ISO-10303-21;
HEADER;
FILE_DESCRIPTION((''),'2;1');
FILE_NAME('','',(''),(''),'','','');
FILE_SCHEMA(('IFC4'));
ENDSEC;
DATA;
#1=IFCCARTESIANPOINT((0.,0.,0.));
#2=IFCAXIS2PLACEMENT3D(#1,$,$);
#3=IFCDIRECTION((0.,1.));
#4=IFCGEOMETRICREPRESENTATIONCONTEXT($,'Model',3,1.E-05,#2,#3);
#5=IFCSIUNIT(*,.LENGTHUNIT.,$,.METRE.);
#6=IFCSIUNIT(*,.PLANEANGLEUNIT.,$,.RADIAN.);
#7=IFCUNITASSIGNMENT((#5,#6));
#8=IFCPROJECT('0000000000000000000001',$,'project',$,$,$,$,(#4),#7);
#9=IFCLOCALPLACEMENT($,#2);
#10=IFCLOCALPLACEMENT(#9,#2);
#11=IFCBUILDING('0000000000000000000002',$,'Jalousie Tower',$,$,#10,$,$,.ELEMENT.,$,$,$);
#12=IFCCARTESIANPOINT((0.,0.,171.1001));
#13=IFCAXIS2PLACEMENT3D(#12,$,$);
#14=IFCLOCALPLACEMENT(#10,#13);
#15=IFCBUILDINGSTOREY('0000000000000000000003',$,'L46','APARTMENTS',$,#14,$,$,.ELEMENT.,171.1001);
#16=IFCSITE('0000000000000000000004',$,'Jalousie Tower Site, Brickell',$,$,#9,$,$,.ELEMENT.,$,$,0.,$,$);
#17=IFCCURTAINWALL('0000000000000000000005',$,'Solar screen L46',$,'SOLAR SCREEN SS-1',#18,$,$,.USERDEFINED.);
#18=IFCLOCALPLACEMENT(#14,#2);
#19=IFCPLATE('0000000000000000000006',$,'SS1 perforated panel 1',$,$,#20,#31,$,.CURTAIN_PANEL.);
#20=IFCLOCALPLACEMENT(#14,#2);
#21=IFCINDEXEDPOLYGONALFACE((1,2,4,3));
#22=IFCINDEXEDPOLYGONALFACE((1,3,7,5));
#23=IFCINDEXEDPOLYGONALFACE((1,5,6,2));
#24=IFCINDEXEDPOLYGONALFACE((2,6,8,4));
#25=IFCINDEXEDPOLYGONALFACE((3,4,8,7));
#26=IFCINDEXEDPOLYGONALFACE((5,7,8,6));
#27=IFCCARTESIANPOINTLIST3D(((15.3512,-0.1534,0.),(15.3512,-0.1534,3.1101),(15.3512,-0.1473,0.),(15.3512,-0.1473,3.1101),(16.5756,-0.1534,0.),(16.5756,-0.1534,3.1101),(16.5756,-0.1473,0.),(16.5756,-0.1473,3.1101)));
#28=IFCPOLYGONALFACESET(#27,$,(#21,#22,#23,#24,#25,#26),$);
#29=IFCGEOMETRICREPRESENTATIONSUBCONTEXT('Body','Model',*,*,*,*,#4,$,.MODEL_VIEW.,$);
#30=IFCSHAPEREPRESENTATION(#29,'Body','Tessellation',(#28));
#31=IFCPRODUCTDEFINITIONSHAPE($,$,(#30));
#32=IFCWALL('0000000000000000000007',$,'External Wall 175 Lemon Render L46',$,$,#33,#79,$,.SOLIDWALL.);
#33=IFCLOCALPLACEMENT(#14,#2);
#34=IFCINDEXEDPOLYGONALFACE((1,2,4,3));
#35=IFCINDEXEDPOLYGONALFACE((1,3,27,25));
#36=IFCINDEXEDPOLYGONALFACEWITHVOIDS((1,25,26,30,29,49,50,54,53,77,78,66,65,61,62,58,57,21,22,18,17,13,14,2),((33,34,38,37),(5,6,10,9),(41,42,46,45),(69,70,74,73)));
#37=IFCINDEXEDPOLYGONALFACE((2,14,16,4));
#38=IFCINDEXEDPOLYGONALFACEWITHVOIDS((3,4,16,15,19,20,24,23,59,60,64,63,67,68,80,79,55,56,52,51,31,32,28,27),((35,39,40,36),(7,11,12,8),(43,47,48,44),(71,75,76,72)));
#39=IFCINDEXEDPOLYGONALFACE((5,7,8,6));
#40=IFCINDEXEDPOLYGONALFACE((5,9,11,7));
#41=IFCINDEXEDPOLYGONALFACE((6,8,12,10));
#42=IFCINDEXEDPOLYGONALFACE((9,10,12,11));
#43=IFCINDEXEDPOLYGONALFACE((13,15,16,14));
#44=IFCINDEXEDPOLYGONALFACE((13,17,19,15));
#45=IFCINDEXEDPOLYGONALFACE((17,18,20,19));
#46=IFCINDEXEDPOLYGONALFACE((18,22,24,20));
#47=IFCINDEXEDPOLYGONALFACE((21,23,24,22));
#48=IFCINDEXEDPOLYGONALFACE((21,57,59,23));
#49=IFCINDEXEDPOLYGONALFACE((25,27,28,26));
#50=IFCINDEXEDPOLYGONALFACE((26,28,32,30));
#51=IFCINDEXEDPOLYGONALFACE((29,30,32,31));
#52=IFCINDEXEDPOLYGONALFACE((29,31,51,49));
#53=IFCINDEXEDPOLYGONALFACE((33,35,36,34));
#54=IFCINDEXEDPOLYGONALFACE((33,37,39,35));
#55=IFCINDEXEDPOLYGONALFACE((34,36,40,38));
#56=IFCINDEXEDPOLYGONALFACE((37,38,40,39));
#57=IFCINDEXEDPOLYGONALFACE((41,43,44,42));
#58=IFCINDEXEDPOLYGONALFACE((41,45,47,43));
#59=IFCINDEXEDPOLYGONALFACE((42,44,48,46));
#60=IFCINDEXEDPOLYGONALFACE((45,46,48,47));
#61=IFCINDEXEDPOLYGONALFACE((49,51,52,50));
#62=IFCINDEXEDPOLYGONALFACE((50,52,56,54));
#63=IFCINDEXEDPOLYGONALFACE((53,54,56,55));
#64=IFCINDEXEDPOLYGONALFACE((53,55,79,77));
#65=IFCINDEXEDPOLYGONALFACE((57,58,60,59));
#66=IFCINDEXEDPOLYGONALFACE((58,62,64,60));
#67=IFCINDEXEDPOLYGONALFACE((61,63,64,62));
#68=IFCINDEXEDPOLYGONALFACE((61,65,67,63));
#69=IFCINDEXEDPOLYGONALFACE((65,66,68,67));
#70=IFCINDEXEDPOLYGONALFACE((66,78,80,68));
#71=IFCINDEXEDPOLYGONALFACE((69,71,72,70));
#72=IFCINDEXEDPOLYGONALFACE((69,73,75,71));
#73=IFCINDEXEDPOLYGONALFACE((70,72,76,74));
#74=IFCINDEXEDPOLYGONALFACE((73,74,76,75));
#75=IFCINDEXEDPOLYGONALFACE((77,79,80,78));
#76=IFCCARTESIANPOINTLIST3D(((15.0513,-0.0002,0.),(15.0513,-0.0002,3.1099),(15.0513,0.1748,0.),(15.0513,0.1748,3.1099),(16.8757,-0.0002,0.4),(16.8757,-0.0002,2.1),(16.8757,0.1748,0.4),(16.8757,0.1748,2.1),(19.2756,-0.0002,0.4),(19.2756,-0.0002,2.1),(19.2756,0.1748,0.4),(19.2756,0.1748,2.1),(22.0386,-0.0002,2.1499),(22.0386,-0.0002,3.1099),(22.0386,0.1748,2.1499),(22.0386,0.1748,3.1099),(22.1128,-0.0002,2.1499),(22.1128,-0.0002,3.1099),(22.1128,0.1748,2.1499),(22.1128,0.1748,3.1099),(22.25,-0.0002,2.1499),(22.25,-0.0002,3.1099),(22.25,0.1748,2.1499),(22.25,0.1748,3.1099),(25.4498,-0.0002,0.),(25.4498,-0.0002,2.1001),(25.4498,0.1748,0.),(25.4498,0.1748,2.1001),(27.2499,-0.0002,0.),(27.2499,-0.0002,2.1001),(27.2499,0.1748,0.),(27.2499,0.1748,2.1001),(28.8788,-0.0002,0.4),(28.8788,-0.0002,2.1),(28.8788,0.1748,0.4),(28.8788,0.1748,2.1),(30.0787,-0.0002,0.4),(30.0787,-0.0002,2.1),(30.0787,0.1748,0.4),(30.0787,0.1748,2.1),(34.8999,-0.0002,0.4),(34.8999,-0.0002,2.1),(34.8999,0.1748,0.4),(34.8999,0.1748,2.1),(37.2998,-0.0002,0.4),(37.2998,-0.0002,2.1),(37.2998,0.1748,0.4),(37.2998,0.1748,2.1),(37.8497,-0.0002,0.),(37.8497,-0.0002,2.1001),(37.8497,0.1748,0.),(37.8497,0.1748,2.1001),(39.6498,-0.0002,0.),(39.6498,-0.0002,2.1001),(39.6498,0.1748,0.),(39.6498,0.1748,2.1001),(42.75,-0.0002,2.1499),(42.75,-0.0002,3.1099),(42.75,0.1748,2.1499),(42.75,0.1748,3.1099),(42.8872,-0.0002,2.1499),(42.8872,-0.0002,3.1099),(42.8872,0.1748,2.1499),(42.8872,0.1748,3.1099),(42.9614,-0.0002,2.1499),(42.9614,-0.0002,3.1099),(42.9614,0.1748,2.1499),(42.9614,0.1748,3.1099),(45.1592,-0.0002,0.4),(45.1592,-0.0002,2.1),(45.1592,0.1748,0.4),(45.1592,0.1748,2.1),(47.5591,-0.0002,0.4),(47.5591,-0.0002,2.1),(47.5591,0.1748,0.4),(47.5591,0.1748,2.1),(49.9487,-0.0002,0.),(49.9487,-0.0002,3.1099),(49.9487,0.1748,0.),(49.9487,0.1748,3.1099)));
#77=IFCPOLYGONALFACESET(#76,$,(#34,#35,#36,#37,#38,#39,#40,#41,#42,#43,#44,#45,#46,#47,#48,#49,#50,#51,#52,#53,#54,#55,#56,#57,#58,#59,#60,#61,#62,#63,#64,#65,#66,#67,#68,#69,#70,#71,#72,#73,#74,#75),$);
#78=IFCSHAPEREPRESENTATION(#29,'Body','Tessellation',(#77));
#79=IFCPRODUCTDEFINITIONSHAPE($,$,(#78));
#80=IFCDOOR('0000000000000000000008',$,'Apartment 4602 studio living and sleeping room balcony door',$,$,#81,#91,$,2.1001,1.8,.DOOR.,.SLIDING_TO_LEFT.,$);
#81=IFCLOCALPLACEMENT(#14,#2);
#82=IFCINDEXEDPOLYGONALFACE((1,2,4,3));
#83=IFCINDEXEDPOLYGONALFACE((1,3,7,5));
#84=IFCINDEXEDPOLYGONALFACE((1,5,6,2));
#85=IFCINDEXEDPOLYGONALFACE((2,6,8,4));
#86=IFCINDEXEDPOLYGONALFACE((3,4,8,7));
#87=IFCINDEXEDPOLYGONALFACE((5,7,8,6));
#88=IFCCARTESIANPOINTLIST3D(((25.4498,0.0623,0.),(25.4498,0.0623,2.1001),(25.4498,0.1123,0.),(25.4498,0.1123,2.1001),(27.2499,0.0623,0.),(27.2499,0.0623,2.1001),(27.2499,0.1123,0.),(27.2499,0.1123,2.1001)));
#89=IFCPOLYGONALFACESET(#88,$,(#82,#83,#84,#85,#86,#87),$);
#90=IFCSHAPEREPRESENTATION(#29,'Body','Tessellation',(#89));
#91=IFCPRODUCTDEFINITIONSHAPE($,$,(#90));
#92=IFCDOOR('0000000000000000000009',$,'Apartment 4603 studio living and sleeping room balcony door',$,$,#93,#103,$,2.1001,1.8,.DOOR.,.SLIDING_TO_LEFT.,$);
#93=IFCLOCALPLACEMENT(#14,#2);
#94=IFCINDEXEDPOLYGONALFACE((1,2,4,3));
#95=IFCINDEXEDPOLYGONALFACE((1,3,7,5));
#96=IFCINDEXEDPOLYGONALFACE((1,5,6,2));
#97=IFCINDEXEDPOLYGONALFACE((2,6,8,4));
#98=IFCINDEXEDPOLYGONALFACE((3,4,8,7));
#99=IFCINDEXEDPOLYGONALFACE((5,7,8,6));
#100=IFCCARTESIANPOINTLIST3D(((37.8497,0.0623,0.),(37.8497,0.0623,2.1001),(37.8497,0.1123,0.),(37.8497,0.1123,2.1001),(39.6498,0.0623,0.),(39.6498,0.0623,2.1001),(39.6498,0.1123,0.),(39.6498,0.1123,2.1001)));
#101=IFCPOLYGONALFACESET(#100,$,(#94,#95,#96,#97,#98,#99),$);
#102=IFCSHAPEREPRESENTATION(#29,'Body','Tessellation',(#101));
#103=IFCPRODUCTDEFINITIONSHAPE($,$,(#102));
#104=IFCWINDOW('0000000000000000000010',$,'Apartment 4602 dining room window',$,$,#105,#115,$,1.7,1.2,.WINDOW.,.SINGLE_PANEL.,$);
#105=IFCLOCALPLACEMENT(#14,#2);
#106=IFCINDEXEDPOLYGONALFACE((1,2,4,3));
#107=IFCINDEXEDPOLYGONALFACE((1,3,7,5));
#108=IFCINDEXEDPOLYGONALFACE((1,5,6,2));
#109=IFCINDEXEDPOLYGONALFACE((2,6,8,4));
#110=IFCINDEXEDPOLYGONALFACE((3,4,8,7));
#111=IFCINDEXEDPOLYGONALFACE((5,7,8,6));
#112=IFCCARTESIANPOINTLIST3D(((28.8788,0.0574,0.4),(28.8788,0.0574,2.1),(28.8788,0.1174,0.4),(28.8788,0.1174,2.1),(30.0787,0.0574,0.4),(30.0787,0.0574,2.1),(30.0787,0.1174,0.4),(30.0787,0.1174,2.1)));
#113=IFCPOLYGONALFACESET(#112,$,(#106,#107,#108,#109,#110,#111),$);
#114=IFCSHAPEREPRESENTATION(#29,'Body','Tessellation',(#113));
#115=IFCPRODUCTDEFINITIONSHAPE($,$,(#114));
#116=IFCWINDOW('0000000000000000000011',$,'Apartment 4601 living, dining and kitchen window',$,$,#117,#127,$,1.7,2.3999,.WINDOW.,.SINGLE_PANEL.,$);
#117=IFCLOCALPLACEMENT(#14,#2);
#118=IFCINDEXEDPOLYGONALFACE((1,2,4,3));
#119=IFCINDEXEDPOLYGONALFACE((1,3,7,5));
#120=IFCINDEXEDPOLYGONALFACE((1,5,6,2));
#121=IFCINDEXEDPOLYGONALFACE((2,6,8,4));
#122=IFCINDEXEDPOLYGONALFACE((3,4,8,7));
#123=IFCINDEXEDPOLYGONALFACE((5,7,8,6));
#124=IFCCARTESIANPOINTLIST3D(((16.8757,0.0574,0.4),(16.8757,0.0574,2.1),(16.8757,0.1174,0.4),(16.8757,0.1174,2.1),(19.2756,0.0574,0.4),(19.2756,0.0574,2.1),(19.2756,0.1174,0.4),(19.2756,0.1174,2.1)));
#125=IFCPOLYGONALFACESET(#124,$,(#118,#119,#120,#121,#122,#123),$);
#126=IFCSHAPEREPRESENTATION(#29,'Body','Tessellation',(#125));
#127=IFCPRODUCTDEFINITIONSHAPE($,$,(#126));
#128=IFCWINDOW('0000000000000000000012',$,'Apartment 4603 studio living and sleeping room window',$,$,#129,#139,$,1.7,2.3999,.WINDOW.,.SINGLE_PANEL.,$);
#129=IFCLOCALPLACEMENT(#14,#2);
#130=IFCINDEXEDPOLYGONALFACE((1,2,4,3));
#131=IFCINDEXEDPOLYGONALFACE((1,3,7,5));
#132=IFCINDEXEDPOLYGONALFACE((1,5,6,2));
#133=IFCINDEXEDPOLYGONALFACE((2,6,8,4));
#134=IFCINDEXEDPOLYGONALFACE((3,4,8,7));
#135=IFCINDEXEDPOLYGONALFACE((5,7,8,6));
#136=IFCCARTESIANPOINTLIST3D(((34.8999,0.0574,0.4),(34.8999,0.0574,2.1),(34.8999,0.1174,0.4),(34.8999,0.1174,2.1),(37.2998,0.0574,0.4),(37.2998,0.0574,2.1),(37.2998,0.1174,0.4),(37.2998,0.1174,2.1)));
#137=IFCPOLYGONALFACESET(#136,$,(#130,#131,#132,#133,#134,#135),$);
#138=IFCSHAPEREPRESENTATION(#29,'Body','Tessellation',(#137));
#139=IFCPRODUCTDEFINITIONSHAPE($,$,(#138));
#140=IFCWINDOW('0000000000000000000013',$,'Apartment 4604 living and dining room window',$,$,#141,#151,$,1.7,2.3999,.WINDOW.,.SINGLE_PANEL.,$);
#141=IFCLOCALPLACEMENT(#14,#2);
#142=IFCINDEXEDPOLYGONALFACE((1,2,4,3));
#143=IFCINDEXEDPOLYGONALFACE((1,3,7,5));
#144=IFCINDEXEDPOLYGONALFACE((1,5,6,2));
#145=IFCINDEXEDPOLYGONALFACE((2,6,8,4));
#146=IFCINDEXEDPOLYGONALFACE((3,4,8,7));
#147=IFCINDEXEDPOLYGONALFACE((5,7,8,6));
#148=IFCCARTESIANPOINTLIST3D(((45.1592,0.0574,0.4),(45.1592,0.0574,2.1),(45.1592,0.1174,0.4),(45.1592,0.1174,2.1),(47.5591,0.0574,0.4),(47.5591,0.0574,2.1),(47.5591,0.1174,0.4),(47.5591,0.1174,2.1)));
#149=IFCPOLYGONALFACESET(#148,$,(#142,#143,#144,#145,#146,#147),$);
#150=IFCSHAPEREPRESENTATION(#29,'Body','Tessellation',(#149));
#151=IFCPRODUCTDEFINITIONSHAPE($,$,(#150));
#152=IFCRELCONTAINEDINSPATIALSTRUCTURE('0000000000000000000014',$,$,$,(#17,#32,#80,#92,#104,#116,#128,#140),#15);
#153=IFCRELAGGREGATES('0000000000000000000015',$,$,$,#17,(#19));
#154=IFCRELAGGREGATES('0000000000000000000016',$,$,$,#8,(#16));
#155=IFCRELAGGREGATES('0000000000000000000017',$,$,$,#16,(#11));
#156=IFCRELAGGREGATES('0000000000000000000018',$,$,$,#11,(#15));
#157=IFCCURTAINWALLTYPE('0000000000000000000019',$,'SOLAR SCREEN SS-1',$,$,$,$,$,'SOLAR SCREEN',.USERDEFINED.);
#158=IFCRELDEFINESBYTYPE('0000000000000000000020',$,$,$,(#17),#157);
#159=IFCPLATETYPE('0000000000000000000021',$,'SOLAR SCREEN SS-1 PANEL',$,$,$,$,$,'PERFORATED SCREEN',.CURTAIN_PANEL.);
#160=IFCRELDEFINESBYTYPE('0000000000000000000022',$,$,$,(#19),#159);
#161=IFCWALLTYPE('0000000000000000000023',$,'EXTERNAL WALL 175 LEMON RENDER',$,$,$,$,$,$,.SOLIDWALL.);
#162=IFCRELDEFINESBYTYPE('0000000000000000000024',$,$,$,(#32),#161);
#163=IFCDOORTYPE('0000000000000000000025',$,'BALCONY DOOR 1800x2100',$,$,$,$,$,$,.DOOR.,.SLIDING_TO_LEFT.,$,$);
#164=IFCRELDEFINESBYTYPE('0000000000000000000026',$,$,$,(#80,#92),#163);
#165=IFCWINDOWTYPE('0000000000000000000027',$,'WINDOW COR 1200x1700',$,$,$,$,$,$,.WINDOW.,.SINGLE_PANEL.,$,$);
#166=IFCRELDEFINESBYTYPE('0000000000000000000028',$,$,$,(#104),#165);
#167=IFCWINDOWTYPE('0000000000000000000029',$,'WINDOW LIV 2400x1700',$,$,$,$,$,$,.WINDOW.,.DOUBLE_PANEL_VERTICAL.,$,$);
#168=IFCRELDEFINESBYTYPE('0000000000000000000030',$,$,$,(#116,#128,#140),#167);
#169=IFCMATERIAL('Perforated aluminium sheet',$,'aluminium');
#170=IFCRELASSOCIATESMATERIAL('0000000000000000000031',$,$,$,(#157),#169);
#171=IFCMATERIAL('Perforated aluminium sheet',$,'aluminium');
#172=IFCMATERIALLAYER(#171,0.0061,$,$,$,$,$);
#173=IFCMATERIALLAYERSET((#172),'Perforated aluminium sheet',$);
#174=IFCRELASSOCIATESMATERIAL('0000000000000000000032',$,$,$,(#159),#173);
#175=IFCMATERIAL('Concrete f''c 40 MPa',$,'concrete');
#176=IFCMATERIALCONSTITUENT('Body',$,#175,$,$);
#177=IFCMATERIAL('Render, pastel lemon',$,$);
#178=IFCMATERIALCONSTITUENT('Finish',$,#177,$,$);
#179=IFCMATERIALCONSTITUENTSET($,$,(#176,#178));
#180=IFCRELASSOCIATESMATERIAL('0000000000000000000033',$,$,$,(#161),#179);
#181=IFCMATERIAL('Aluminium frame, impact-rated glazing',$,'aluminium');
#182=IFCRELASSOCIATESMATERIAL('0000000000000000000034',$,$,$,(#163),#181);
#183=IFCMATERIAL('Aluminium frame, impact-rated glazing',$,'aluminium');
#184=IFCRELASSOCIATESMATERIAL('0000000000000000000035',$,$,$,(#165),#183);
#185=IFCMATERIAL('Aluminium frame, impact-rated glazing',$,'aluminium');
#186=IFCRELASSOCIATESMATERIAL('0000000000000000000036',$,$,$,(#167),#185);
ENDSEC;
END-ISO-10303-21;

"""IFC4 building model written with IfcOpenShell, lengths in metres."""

from ifc_helpers import new_model, si_unit, direction, frame, frame_2d, origin, origin_2d, place, context, subcontext, project, spatial, polyline, rectangle, outline, extrude, material, layer, layer_set, constituent, constituent_set, type_object, element, fill, aggregate, save


model = new_model("IFC4")

# Units and contexts
model_context = context("Model", 3, precision=1e-05, world=origin(), true_north=direction((0.0, 1.0)))
body_context = subcontext(model_context, "Body", "Model", "MODEL_VIEW")
ifc_project = project(units=[si_unit("LENGTHUNIT", "METRE"), si_unit("PLANEANGLEUNIT", "RADIAN")], contexts=[model_context])

# Site, building, storey
site_placement = place(None, origin())
site = spatial("IfcSite", under=ifc_project, at=site_placement, Name="Jalousie Tower Site, Brickell", CompositionType="ELEMENT", RefElevation=0.0)
building_placement = place(site_placement, origin())
building = spatial("IfcBuilding", under=site, at=building_placement, Name="Jalousie Tower", CompositionType="ELEMENT")
storey_placement = place(building_placement, frame((0.0, 0.0, 171.1001)))
storey = spatial("IfcBuildingStorey", under=building, at=storey_placement, Name="L46", Description="APARTMENTS", CompositionType="ELEMENT", Elevation=171.1001)

# Curtain wall
ifc_material_1 = material(Name="Perforated aluminium sheet", Category="aluminium")
curtain_wall_type_1 = type_object("IfcCurtainWallType", Name="SOLAR SCREEN SS-1", ElementType="SOLAR SCREEN", PredefinedType="USERDEFINED", material=ifc_material_1)
curtain_wall_1_placement = place(storey_placement, origin())
curtain_wall_1 = element("IfcCurtainWall", 1, at=curtain_wall_1_placement, inside=storey, type_object=curtain_wall_type_1, Name="Solar screen L46", ObjectType="SOLAR SCREEN SS-1", PredefinedType="USERDEFINED")

# Plate
ifc_material_2 = material(Name="Perforated aluminium sheet", Category="aluminium")
ifc_layer_1 = layer(ifc_material_2, 0.0061)
ifc_layer_set_1 = layer_set([ifc_layer_1], Name="Perforated aluminium sheet")
plate_type_1 = type_object("IfcPlateType", Name="SOLAR SCREEN SS-1 PANEL", ElementType="PERFORATED SCREEN", PredefinedType="CURTAIN_PANEL", material=ifc_layer_set_1)
plate_1_placement = place(storey_placement, frame((15.9634, -0.1504, 0.0), z_axis=(0.0, 0.0, 1.0), x_axis=(1.0, 0.0, 0.0)))
plate_1 = element("IfcPlate", 2, at=plate_1_placement, type_object=plate_type_1, Name="SS1 perforated panel 1", PredefinedType="CURTAIN_PANEL", context=body_context, shape_type="SweptSolid", body=[
    extrude(rectangle(XDim=1.2244, YDim=0.0061, at=origin_2d()), origin(), (0.0, 0.0, 1.0), 3.1101),
])
aggregate(curtain_wall_1, [plate_1])

# Wall, openings, doors, windows
ifc_material_3 = material(Name="Concrete f'c 40 MPa", Category="concrete")
ifc_constituent_1 = constituent(ifc_material_3, Name="Body")
ifc_material_4 = material(Name="Render, pastel lemon")
ifc_constituent_2 = constituent(ifc_material_4, Name="Finish")
ifc_constituent_set = constituent_set(constituents=[ifc_constituent_1, ifc_constituent_2])
wall_type = type_object("IfcWallType", Name="EXTERNAL WALL 175 LEMON RENDER", PredefinedType="SOLIDWALL", material=ifc_constituent_set)
wall_placement = place(storey_placement, frame((15.0513, 0.0874, 0.0), z_axis=(0.0, 0.0, 1.0), x_axis=(1.0, 0.0, 0.0)))
wall = element("IfcWall", 3, at=wall_placement, inside=storey, type_object=wall_type, Name="External Wall 175 Lemon Render L46", PredefinedType="SOLIDWALL", context=body_context, shape_type="SweptSolid", body=[
    extrude(outline(polyline([(0.0, 0.0), (34.8975, 0.0), (34.8975, 3.1099), (27.9102, 3.1099), (27.9102, 2.1499), (27.8359, 2.1499), (27.8359, 3.1099), (27.6987, 3.1099), (27.6987, 2.1499), (7.1987, 2.1499), (7.1987, 3.1099), (7.0615, 3.1099), (7.0615, 2.1499), (6.9873, 2.1499), (6.9873, 3.1099), (0.0, 3.1099), (0.0, 0.0)])), frame((0.0, 0.0874, 0.0), z_axis=(0.0, -1.0, 0.0), x_axis=(1.0, 0.0, 0.0)), (0.0, 0.0, 1.0), 0.175),
])
opening_1_placement = place(wall_placement, frame((1.8245, 0.0, 0.3999)))
opening_1 = element("IfcOpeningElement", 4, at=opening_1_placement, cuts=wall, PredefinedType="OPENING", context=body_context, shape_type="SweptSolid", body=[
    extrude(rectangle(XDim=2.3999, YDim=1.7, at=frame_2d((1.2, 0.8501))), frame((0.0, 0.0974, 0.0), z_axis=(0.0, -1.0, 0.0), x_axis=(1.0, 0.0, 0.0)), (0.0, 0.0, 1.0), 0.1951),
])
opening_2_placement = place(wall_placement, frame((10.3987, 0.0, 0.0)))
opening_2 = element("IfcOpeningElement", 5, at=opening_2_placement, cuts=wall, PredefinedType="OPENING", context=body_context, shape_type="SweptSolid", body=[
    extrude(rectangle(XDim=1.8, YDim=2.1001, at=frame_2d((0.8999, 1.05))), frame((0.0, 0.0974, 0.0), z_axis=(0.0, -1.0, 0.0), x_axis=(1.0, 0.0, 0.0)), (0.0, 0.0, 1.0), 0.1951),
])
opening_3_placement = place(wall_placement, frame((13.8274, 0.0, 0.3999)))
opening_3 = element("IfcOpeningElement", 6, at=opening_3_placement, cuts=wall, PredefinedType="OPENING", context=body_context, shape_type="SweptSolid", body=[
    extrude(rectangle(XDim=1.2, YDim=1.7, at=frame_2d((0.6001, 0.8501))), frame((0.0, 0.0974, 0.0), z_axis=(0.0, -1.0, 0.0), x_axis=(1.0, 0.0, 0.0)), (0.0, 0.0, 1.0), 0.1951),
])
opening_4_placement = place(wall_placement, frame((22.7986, 0.0, 0.0)))
opening_4 = element("IfcOpeningElement", 7, at=opening_4_placement, cuts=wall, PredefinedType="OPENING", context=body_context, shape_type="SweptSolid", body=[
    extrude(rectangle(XDim=1.8, YDim=2.1001, at=frame_2d((0.8999, 1.05))), frame((0.0, 0.0974, 0.0), z_axis=(0.0, -1.0, 0.0), x_axis=(1.0, 0.0, 0.0)), (0.0, 0.0, 1.0), 0.1951),
])
opening_5_placement = place(wall_placement, frame((19.8486, 0.0, 0.3999)))
opening_5 = element("IfcOpeningElement", 8, at=opening_5_placement, cuts=wall, PredefinedType="OPENING", context=body_context, shape_type="SweptSolid", body=[
    extrude(rectangle(XDim=2.3999, YDim=1.7, at=frame_2d((1.2, 0.8501))), frame((0.0, 0.0974, 0.0), z_axis=(0.0, -1.0, 0.0), x_axis=(1.0, 0.0, 0.0)), (0.0, 0.0, 1.0), 0.1951),
])
opening_6_placement = place(wall_placement, frame((30.1079, 0.0, 0.3999)))
opening_6 = element("IfcOpeningElement", 9, at=opening_6_placement, cuts=wall, PredefinedType="OPENING", context=body_context, shape_type="SweptSolid", body=[
    extrude(rectangle(XDim=2.3999, YDim=1.7, at=frame_2d((1.2, 0.8501))), frame((0.0, 0.0974, 0.0), z_axis=(0.0, -1.0, 0.0), x_axis=(1.0, 0.0, 0.0)), (0.0, 0.0, 1.0), 0.1951),
])
ifc_material_5 = material(Name="Aluminium frame, impact-rated glazing", Category="aluminium")
door_type = type_object("IfcDoorType", Name="BALCONY DOOR 1800x2100", OperationType="SLIDING_TO_LEFT", PredefinedType="DOOR", material=ifc_material_5)
door_1_placement = place(opening_2_placement, origin())
door_1 = element("IfcDoor", 10, at=door_1_placement, inside=storey, type_object=door_type, Name="Apartment 4602 studio living and sleeping room balcony door", OperationType="SLIDING_TO_LEFT", OverallHeight=2.1001, OverallWidth=1.8, PredefinedType="DOOR", context=body_context, shape_type="SweptSolid", body=[
    extrude(rectangle(XDim=1.8, YDim=2.1001, at=frame_2d((0.8999, 1.05))), frame((0.0, 0.0249, 0.0), z_axis=(0.0, -1.0, 0.0), x_axis=(1.0, 0.0, 0.0)), (0.0, 0.0, 1.0), 0.05),
])
fill(opening_2, door_1)
door_2_placement = place(opening_4_placement, origin())
door_2 = element("IfcDoor", 11, at=door_2_placement, inside=storey, type_object=door_type, Name="Apartment 4603 studio living and sleeping room balcony door", OperationType="SLIDING_TO_LEFT", OverallHeight=2.1001, OverallWidth=1.8, PredefinedType="DOOR", context=body_context, shape_type="SweptSolid", body=[
    extrude(rectangle(XDim=1.8, YDim=2.1001, at=frame_2d((0.8999, 1.05))), frame((0.0, 0.0249, 0.0), z_axis=(0.0, -1.0, 0.0), x_axis=(1.0, 0.0, 0.0)), (0.0, 0.0, 1.0), 0.05),
])
fill(opening_4, door_2)
ifc_material_6 = material(Name="Aluminium frame, impact-rated glazing", Category="aluminium")
window_type_1 = type_object("IfcWindowType", Name="WINDOW COR 1200x1700", PartitioningType="SINGLE_PANEL", PredefinedType="WINDOW", material=ifc_material_6)
window_1_placement = place(opening_3_placement, origin())
window_1 = element("IfcWindow", 12, at=window_1_placement, inside=storey, type_object=window_type_1, Name="Apartment 4602 dining room window", OverallHeight=1.7, OverallWidth=1.2, PartitioningType="SINGLE_PANEL", PredefinedType="WINDOW", context=body_context, shape_type="SweptSolid", body=[
    extrude(rectangle(XDim=1.2, YDim=1.7, at=frame_2d((0.6001, 0.8501))), frame((0.0, 0.03, 0.0), z_axis=(0.0, -1.0, 0.0), x_axis=(1.0, 0.0, 0.0)), (0.0, 0.0, 1.0), 0.0601),
])
fill(opening_3, window_1)
ifc_material_7 = material(Name="Aluminium frame, impact-rated glazing", Category="aluminium")
window_type_2 = type_object("IfcWindowType", Name="WINDOW LIV 2400x1700", PartitioningType="DOUBLE_PANEL_VERTICAL", PredefinedType="WINDOW", material=ifc_material_7)
window_2_placement = place(opening_1_placement, origin())
window_2 = element("IfcWindow", 13, at=window_2_placement, inside=storey, type_object=window_type_2, Name="Apartment 4601 living, dining and kitchen window", OverallHeight=1.7, OverallWidth=2.3999, PartitioningType="SINGLE_PANEL", PredefinedType="WINDOW", context=body_context, shape_type="SweptSolid", body=[
    extrude(rectangle(XDim=2.3999, YDim=1.7, at=frame_2d((1.2, 0.8501))), frame((0.0, 0.03, 0.0), z_axis=(0.0, -1.0, 0.0), x_axis=(1.0, 0.0, 0.0)), (0.0, 0.0, 1.0), 0.0601),
])
fill(opening_1, window_2)
window_3_placement = place(opening_5_placement, origin())
window_3 = element("IfcWindow", 14, at=window_3_placement, inside=storey, type_object=window_type_2, Name="Apartment 4603 studio living and sleeping room window", OverallHeight=1.7, OverallWidth=2.3999, PartitioningType="SINGLE_PANEL", PredefinedType="WINDOW", context=body_context, shape_type="SweptSolid", body=[
    extrude(rectangle(XDim=2.3999, YDim=1.7, at=frame_2d((1.2, 0.8501))), frame((0.0, 0.03, 0.0), z_axis=(0.0, -1.0, 0.0), x_axis=(1.0, 0.0, 0.0)), (0.0, 0.0, 1.0), 0.0601),
])
fill(opening_5, window_3)
window_4_placement = place(opening_6_placement, origin())
window_4 = element("IfcWindow", 15, at=window_4_placement, inside=storey, type_object=window_type_2, Name="Apartment 4604 living and dining room window", OverallHeight=1.7, OverallWidth=2.3999, PartitioningType="SINGLE_PANEL", PredefinedType="WINDOW", context=body_context, shape_type="SweptSolid", body=[
    extrude(rectangle(XDim=2.3999, YDim=1.7, at=frame_2d((1.2, 0.8501))), frame((0.0, 0.03, 0.0), z_axis=(0.0, -1.0, 0.0), x_axis=(1.0, 0.0, 0.0)), (0.0, 0.0, 1.0), 0.0601),
])
fill(opening_6, window_4)

save(model, "model.ifc")
